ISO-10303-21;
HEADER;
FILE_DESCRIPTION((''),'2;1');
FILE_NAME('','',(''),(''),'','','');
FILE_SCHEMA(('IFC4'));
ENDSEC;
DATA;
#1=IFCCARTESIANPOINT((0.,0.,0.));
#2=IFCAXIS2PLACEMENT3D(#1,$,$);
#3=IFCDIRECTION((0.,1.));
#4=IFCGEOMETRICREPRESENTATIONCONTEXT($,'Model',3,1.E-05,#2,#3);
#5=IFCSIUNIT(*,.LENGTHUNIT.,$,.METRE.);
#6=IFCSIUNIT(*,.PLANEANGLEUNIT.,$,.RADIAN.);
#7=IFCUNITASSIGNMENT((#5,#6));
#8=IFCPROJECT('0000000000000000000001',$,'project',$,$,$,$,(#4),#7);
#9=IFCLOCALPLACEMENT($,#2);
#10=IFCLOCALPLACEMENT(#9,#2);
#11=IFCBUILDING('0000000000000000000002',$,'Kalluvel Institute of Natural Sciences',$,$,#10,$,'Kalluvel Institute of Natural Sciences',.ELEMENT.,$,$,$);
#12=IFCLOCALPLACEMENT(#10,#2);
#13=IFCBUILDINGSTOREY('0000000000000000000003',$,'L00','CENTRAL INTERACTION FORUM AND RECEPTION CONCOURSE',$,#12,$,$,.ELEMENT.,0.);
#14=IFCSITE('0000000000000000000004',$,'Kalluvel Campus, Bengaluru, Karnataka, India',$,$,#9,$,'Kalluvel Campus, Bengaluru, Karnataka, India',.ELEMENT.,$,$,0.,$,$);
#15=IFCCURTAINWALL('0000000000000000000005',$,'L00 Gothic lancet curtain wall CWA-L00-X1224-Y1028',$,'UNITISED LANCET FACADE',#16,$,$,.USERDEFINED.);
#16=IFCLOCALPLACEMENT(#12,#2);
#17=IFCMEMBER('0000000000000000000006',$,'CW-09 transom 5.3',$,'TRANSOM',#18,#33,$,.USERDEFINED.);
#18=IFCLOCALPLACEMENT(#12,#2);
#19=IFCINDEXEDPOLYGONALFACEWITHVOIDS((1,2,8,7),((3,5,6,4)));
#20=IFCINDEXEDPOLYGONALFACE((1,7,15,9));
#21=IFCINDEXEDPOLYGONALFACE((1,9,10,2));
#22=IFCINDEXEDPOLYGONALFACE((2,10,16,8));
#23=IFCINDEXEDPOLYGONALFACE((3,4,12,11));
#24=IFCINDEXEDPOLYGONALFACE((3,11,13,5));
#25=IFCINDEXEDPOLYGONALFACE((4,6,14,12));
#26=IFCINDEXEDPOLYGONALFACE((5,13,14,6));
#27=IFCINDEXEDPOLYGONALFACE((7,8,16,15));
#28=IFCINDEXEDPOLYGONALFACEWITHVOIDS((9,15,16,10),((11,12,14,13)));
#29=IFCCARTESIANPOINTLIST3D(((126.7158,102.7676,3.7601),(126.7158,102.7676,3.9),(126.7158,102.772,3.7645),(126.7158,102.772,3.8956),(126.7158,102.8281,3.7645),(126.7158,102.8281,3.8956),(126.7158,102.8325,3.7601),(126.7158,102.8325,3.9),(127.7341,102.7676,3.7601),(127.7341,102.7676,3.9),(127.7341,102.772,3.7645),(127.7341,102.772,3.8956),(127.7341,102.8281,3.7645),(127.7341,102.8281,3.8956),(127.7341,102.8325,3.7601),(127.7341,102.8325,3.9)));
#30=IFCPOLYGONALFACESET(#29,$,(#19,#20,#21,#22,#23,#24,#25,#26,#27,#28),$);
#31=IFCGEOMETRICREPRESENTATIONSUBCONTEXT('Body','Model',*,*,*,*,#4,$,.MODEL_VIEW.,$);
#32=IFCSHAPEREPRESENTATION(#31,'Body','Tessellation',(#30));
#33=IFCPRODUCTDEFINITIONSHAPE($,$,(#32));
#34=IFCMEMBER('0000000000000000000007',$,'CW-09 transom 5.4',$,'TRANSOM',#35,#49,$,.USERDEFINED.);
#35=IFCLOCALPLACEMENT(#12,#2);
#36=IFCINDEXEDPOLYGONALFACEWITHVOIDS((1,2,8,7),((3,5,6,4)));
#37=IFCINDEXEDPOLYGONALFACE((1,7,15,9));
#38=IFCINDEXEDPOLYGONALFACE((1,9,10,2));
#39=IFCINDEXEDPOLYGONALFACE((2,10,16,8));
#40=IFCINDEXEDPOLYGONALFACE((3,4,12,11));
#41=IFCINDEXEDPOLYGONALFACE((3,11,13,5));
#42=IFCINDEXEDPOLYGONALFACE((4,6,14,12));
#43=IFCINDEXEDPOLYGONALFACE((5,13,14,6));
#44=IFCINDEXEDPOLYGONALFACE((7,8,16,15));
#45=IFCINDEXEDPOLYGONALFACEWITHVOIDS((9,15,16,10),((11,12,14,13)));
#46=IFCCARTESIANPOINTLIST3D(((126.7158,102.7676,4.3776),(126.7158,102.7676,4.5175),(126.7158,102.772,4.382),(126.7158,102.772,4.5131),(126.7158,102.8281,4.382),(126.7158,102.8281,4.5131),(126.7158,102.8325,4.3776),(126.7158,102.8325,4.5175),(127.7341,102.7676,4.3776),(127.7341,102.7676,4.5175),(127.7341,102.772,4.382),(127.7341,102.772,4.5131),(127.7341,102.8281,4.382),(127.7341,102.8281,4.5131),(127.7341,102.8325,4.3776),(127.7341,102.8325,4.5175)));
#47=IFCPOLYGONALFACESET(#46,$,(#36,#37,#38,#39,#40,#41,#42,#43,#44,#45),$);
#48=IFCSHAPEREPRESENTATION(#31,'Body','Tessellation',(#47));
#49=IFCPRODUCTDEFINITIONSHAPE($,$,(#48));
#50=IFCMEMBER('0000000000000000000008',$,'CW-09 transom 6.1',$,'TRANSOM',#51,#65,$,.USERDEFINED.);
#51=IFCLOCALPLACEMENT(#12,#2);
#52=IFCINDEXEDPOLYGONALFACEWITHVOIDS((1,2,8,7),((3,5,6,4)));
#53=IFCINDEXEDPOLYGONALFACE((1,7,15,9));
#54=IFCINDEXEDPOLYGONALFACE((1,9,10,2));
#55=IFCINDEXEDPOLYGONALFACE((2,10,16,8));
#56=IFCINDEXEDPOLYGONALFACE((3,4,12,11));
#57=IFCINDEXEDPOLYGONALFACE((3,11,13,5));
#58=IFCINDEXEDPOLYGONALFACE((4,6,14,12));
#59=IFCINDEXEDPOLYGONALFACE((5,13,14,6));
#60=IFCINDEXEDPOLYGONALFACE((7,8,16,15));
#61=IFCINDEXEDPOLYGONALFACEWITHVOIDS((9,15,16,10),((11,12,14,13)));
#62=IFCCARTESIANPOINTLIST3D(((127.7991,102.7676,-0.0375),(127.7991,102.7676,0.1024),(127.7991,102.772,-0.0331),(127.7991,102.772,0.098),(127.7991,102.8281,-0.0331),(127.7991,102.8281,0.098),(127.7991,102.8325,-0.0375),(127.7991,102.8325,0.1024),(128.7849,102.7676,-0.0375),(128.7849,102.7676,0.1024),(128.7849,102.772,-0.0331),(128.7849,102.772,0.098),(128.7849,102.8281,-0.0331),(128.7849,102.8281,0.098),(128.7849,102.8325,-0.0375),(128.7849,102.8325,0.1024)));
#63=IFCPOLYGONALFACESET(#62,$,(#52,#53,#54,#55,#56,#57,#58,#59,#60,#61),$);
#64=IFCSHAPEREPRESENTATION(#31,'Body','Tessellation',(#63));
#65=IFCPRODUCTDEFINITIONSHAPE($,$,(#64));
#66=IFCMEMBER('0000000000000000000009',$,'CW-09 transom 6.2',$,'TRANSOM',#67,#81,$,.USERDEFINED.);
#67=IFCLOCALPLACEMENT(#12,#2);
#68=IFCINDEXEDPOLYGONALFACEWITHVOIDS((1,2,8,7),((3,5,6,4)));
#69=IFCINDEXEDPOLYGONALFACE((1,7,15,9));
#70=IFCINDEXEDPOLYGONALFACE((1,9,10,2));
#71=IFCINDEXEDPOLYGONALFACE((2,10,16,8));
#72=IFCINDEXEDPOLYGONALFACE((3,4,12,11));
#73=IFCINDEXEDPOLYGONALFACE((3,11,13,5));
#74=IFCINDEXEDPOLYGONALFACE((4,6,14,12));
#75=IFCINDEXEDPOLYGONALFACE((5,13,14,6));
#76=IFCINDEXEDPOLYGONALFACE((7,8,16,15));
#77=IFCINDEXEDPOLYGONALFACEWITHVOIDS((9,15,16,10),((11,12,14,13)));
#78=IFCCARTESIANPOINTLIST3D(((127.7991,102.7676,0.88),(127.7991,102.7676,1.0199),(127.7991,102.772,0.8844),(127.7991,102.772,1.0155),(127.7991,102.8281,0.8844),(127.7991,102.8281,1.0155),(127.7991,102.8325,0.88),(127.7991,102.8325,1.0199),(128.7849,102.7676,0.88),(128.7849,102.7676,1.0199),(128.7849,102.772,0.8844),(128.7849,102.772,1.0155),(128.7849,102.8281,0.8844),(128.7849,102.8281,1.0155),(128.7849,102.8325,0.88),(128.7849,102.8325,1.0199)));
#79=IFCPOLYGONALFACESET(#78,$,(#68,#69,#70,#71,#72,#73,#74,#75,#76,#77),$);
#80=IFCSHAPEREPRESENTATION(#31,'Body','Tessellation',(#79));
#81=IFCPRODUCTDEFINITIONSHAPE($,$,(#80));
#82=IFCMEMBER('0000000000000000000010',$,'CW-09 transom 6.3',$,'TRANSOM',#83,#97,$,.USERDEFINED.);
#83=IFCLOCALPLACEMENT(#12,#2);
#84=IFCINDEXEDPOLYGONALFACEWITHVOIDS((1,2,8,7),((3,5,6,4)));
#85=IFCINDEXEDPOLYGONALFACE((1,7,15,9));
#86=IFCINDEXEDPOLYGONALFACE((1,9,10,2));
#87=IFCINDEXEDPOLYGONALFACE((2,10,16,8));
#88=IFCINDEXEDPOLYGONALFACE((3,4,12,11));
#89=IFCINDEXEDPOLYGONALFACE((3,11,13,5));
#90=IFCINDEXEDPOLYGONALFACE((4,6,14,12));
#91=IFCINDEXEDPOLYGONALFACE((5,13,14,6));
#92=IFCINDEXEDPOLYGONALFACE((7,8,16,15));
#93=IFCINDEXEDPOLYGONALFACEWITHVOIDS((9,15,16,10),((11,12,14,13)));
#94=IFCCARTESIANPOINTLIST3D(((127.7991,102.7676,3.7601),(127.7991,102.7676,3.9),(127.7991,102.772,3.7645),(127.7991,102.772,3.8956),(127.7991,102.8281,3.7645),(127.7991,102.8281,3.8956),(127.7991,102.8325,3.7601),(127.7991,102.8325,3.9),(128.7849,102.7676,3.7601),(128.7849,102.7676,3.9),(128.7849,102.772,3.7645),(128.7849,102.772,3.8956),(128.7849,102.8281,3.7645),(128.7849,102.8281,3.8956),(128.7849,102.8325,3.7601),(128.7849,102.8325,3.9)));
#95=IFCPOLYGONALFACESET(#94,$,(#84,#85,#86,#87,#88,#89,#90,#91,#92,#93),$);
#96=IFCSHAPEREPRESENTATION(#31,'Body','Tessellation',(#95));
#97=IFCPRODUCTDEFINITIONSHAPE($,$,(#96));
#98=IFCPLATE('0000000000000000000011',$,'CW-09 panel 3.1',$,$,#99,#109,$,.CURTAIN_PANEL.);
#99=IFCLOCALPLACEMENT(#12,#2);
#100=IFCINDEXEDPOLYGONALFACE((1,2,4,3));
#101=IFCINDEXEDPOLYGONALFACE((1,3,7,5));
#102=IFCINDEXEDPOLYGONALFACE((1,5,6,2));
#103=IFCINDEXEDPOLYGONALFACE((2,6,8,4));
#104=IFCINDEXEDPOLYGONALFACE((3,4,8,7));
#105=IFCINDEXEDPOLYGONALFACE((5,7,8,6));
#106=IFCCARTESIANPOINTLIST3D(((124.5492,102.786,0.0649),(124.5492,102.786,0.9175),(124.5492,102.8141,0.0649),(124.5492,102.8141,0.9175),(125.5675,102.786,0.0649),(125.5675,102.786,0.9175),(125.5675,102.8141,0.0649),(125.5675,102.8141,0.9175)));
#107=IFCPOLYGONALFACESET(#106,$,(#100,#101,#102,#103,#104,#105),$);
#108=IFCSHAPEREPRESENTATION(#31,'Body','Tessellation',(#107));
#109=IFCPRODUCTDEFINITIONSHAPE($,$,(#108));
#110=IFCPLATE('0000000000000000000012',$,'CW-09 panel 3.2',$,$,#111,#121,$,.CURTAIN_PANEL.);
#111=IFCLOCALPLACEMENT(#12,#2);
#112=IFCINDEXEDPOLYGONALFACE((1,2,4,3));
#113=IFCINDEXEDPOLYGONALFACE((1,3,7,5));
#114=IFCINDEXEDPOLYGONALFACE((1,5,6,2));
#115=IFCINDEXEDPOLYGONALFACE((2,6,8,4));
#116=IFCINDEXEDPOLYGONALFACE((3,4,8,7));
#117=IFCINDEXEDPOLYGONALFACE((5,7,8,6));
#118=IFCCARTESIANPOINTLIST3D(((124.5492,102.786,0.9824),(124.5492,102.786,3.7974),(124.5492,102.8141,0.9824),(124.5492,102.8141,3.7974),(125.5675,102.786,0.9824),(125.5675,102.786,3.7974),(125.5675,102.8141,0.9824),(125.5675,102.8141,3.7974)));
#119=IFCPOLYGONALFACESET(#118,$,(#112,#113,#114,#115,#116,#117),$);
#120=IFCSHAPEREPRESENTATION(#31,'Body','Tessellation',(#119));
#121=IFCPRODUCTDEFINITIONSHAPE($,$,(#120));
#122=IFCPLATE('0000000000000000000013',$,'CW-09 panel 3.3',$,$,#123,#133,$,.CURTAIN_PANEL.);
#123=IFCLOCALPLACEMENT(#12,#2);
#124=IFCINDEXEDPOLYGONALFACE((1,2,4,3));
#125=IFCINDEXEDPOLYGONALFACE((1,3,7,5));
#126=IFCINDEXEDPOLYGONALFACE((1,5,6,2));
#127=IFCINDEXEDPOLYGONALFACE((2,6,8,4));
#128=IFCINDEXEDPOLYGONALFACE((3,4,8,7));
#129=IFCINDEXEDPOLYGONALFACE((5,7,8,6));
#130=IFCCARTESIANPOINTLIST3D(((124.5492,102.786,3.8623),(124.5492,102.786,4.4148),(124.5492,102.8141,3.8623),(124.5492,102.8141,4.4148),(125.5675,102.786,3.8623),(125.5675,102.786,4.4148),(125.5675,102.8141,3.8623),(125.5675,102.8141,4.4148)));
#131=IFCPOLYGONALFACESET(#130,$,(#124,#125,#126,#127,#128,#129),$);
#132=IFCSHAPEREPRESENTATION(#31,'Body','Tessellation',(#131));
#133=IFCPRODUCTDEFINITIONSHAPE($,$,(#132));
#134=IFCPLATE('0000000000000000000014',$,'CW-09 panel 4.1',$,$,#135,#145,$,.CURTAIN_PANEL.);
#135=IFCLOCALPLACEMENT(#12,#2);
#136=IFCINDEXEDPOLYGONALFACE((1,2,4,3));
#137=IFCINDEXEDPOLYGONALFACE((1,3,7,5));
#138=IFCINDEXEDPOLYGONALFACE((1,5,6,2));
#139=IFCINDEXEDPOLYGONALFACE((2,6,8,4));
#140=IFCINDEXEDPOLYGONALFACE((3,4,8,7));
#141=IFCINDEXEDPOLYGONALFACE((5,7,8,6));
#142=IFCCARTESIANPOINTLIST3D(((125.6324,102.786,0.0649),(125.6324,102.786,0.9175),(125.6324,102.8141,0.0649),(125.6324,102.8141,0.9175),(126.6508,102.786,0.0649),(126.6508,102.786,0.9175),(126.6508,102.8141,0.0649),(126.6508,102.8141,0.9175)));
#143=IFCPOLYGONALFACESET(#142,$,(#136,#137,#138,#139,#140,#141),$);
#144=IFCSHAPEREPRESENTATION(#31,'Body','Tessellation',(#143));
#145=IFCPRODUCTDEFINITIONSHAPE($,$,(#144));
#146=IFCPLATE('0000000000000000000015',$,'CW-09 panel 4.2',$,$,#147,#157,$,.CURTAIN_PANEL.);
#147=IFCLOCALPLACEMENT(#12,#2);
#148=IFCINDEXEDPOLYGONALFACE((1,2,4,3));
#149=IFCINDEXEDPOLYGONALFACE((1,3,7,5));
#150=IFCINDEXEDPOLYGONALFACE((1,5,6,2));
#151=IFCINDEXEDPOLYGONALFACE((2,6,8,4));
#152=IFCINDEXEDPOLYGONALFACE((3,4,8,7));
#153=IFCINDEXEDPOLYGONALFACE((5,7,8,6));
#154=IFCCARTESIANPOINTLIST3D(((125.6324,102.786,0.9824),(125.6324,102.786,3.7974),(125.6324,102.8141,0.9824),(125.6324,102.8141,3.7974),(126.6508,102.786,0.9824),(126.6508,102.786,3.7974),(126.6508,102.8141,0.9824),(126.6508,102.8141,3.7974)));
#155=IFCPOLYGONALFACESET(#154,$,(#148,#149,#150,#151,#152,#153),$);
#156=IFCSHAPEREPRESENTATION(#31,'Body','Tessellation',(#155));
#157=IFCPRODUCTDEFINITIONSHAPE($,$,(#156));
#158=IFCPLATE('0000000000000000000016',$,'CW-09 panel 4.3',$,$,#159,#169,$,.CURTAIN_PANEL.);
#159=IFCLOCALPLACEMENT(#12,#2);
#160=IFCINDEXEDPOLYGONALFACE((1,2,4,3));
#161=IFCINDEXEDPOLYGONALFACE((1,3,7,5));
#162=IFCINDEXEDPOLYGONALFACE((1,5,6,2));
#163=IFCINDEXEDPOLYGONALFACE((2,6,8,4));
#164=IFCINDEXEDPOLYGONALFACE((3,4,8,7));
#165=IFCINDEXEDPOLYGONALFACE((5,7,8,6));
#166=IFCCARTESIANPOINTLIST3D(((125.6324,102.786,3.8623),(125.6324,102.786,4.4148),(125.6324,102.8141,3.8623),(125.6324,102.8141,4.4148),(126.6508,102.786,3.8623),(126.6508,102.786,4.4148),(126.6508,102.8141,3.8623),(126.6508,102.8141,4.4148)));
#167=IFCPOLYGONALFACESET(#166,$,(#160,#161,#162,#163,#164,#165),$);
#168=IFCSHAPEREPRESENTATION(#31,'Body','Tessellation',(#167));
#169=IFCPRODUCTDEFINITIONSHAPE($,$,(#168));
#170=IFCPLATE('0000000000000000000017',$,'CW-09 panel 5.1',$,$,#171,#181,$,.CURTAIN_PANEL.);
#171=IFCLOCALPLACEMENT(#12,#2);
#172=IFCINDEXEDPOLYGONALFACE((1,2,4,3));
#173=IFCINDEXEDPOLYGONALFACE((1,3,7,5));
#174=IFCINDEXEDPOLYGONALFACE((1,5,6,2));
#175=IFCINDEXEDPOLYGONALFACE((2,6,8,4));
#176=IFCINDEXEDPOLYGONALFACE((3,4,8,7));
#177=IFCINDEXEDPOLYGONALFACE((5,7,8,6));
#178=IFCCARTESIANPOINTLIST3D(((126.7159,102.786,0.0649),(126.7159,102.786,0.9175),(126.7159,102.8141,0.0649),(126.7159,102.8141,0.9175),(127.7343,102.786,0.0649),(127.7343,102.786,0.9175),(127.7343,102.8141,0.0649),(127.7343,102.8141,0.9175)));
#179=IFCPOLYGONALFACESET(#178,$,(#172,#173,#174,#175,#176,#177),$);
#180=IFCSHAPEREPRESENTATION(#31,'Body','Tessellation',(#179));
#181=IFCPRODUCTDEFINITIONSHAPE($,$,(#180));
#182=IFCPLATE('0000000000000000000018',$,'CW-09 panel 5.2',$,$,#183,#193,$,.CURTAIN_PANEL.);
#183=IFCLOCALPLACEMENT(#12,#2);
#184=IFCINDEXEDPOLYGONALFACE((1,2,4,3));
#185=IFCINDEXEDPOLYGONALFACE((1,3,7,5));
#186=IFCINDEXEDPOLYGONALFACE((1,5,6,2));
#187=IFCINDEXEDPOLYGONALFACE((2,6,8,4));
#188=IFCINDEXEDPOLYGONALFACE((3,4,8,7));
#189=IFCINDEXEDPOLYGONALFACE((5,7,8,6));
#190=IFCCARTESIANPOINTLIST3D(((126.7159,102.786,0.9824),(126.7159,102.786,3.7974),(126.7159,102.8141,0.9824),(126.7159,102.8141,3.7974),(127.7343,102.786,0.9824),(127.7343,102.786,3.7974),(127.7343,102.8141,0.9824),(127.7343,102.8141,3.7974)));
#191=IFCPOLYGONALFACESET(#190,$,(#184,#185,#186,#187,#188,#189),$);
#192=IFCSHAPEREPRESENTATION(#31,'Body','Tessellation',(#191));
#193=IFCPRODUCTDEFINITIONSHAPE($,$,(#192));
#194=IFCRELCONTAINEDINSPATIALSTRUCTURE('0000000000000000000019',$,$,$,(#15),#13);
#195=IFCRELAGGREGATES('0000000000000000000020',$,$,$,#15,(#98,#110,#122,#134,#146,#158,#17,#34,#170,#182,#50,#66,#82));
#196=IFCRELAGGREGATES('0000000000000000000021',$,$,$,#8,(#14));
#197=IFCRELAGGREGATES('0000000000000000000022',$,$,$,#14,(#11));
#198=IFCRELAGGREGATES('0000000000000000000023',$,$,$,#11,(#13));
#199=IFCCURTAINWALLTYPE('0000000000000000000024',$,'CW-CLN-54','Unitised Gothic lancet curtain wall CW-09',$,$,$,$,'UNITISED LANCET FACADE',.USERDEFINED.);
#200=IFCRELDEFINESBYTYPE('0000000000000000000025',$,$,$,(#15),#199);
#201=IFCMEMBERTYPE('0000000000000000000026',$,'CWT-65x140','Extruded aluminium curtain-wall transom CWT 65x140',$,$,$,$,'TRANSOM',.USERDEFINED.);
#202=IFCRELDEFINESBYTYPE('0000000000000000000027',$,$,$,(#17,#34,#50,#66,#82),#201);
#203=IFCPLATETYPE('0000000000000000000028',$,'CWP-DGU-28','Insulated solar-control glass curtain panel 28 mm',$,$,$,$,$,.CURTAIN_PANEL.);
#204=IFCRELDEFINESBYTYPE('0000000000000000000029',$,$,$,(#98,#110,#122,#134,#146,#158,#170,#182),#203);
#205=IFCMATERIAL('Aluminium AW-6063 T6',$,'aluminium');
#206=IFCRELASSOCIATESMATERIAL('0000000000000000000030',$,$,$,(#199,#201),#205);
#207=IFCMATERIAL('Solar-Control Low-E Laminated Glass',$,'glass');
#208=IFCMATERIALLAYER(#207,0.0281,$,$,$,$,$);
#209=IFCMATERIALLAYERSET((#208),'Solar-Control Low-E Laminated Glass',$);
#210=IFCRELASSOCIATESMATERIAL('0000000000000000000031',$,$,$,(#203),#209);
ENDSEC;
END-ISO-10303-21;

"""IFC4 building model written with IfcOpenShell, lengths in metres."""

from ifc_helpers import new_model, si_unit, direction, frame, origin, origin_2d, place, context, subcontext, project, spatial, rectangle, hollow_rectangle, extrude, material, layer, layer_set, material_profile, profile_set, type_object, element, aggregate, save


model = new_model("IFC4")

# Units and contexts
model_context = context("Model", 3, precision=1e-05, world=origin(), true_north=direction((0.0, 1.0)))
body_context = subcontext(model_context, "Body", "Model", "MODEL_VIEW")
ifc_project = project(units=[si_unit("LENGTHUNIT", "METRE"), si_unit("PLANEANGLEUNIT", "RADIAN")], contexts=[model_context])

# Site, building, storey
site_placement = place(None, origin())
site = spatial("IfcSite", under=ifc_project, at=site_placement, Name="Kalluvel Campus, Bengaluru, Karnataka, India", LongName="Kalluvel Campus, Bengaluru, Karnataka, India", CompositionType="ELEMENT", RefElevation=0.0)
building_placement = place(site_placement, origin())
building = spatial("IfcBuilding", under=site, at=building_placement, Name="Kalluvel Institute of Natural Sciences", LongName="Kalluvel Institute of Natural Sciences", CompositionType="ELEMENT")
storey_placement = place(building_placement, origin())
storey = spatial("IfcBuildingStorey", under=building, at=storey_placement, Name="L00", Description="CENTRAL INTERACTION FORUM AND RECEPTION CONCOURSE", CompositionType="ELEMENT", Elevation=0.0)

# Curtain wall, members, plates
ifc_material_1 = material(Name="Aluminium AW-6063 T6", Category="aluminium")
curtain_wall_type = type_object("IfcCurtainWallType", Name="CW-CLN-54", Description="Unitised Gothic lancet curtain wall CW-09", ElementType="UNITISED LANCET FACADE", PredefinedType="USERDEFINED", material=ifc_material_1)
curtain_wall_placement = place(storey_placement, origin())
curtain_wall = element("IfcCurtainWall", 1, at=curtain_wall_placement, inside=storey, type_object=curtain_wall_type, Name="L00 Gothic lancet curtain wall CWA-L00-X1224-Y1028", ObjectType="UNITISED LANCET FACADE", PredefinedType="USERDEFINED")
ifc_material_profile_1 = material_profile(ifc_material_1, hollow_rectangle(XDim=0.0649, YDim=0.1399, WallThickness=0.0044, at=origin_2d()), Name="CWT 65x140")
ifc_profile_set_1 = profile_set([ifc_material_profile_1], Name="Aluminium AW-6063 T6")
member_type_1 = type_object("IfcMemberType", Name="CWT-65x140", Description="Extruded aluminium curtain-wall transom CWT 65x140", ElementType="TRANSOM", PredefinedType="USERDEFINED", material=ifc_profile_set_1)
member_1_placement = place(storey_placement, frame((126.7158, 102.8, 3.8301), z_axis=(1.0, 0.0, 0.0), x_axis=(0.0, 1.0, 0.0)))
member_1 = element("IfcMember", 2, at=member_1_placement, type_object=member_type_1, Name="CW-09 transom 5.3", ObjectType="TRANSOM", PredefinedType="USERDEFINED", context=body_context, shape_type="SweptSolid", body=[
    extrude(hollow_rectangle(XDim=0.0649, YDim=0.1399, WallThickness=0.0044, at=origin_2d()), origin(), (0.0, 0.0, 1.0), 1.0183),
])
member_2_placement = place(storey_placement, frame((126.7158, 102.8, 4.4475), z_axis=(1.0, 0.0, 0.0), x_axis=(0.0, 1.0, 0.0)))
member_2 = element("IfcMember", 3, at=member_2_placement, type_object=member_type_1, Name="CW-09 transom 5.4", ObjectType="TRANSOM", PredefinedType="USERDEFINED", context=body_context, shape_type="SweptSolid", body=[
    extrude(hollow_rectangle(XDim=0.0649, YDim=0.1399, WallThickness=0.0044, at=origin_2d()), origin(), (0.0, 0.0, 1.0), 1.0183),
])
member_3_placement = place(storey_placement, frame((127.7991, 102.8, 0.0325), z_axis=(1.0, 0.0, 0.0), x_axis=(0.0, 1.0, 0.0)))
member_3 = element("IfcMember", 4, at=member_3_placement, type_object=member_type_1, Name="CW-09 transom 6.1", ObjectType="TRANSOM", PredefinedType="USERDEFINED", context=body_context, shape_type="SweptSolid", body=[
    extrude(hollow_rectangle(XDim=0.0649, YDim=0.1399, WallThickness=0.0044, at=origin_2d()), origin(), (0.0, 0.0, 1.0), 0.9858),
])
member_4_placement = place(storey_placement, frame((127.7991, 102.8, 0.95), z_axis=(1.0, 0.0, 0.0), x_axis=(0.0, 1.0, 0.0)))
member_4 = element("IfcMember", 5, at=member_4_placement, type_object=member_type_1, Name="CW-09 transom 6.2", ObjectType="TRANSOM", PredefinedType="USERDEFINED", context=body_context, shape_type="SweptSolid", body=[
    extrude(hollow_rectangle(XDim=0.0649, YDim=0.1399, WallThickness=0.0044, at=origin_2d()), origin(), (0.0, 0.0, 1.0), 0.9858),
])
member_5_placement = place(storey_placement, frame((127.7991, 102.8, 3.8301), z_axis=(1.0, 0.0, 0.0), x_axis=(0.0, 1.0, 0.0)))
member_5 = element("IfcMember", 6, at=member_5_placement, type_object=member_type_1, Name="CW-09 transom 6.3", ObjectType="TRANSOM", PredefinedType="USERDEFINED", context=body_context, shape_type="SweptSolid", body=[
    extrude(hollow_rectangle(XDim=0.0649, YDim=0.1399, WallThickness=0.0044, at=origin_2d()), origin(), (0.0, 0.0, 1.0), 0.9858),
])
ifc_material_2 = material(Name="Solar-Control Low-E Laminated Glass", Category="glass")
ifc_layer = layer(ifc_material_2, 0.0281)
ifc_layer_set = layer_set([ifc_layer], Name="Solar-Control Low-E Laminated Glass")
plate_type = type_object("IfcPlateType", Name="CWP-DGU-28", Description="Insulated solar-control glass curtain panel 28 mm", PredefinedType="CURTAIN_PANEL", material=ifc_layer_set)
plate_1_placement = place(storey_placement, frame((125.0583, 102.8, 0.0649), z_axis=(0.0, 0.0, 1.0), x_axis=(1.0, 0.0, 0.0)))
plate_1 = element("IfcPlate", 7, at=plate_1_placement, type_object=plate_type, Name="CW-09 panel 3.1", PredefinedType="CURTAIN_PANEL", context=body_context, shape_type="SweptSolid", body=[
    extrude(rectangle(XDim=1.0183, YDim=0.0281, at=origin_2d()), origin(), (0.0, 0.0, 1.0), 0.8525),
])
plate_2_placement = place(storey_placement, frame((125.0583, 102.8, 0.9824), z_axis=(0.0, 0.0, 1.0), x_axis=(1.0, 0.0, 0.0)))
plate_2 = element("IfcPlate", 8, at=plate_2_placement, type_object=plate_type, Name="CW-09 panel 3.2", PredefinedType="CURTAIN_PANEL", context=body_context, shape_type="SweptSolid", body=[
    extrude(rectangle(XDim=1.0183, YDim=0.0281, at=origin_2d()), origin(), (0.0, 0.0, 1.0), 2.8149),
])
plate_3_placement = place(storey_placement, frame((125.0583, 102.8, 3.8623), z_axis=(0.0, 0.0, 1.0), x_axis=(1.0, 0.0, 0.0)))
plate_3 = element("IfcPlate", 9, at=plate_3_placement, type_object=plate_type, Name="CW-09 panel 3.3", PredefinedType="CURTAIN_PANEL", context=body_context, shape_type="SweptSolid", body=[
    extrude(rectangle(XDim=1.0183, YDim=0.0281, at=origin_2d()), origin(), (0.0, 0.0, 1.0), 0.5525),
])
plate_4_placement = place(storey_placement, frame((126.1416, 102.8, 0.0649), z_axis=(0.0, 0.0, 1.0), x_axis=(1.0, 0.0, 0.0)))
plate_4 = element("IfcPlate", 10, at=plate_4_placement, type_object=plate_type, Name="CW-09 panel 4.1", PredefinedType="CURTAIN_PANEL", context=body_context, shape_type="SweptSolid", body=[
    extrude(rectangle(XDim=1.0183, YDim=0.0281, at=origin_2d()), origin(), (0.0, 0.0, 1.0), 0.8525),
])
plate_5_placement = place(storey_placement, frame((126.1416, 102.8, 0.9824), z_axis=(0.0, 0.0, 1.0), x_axis=(1.0, 0.0, 0.0)))
plate_5 = element("IfcPlate", 11, at=plate_5_placement, type_object=plate_type, Name="CW-09 panel 4.2", PredefinedType="CURTAIN_PANEL", context=body_context, shape_type="SweptSolid", body=[
    extrude(rectangle(XDim=1.0183, YDim=0.0281, at=origin_2d()), origin(), (0.0, 0.0, 1.0), 2.8149),
])
plate_6_placement = place(storey_placement, frame((126.1416, 102.8, 3.8623), z_axis=(0.0, 0.0, 1.0), x_axis=(1.0, 0.0, 0.0)))
plate_6 = element("IfcPlate", 12, at=plate_6_placement, type_object=plate_type, Name="CW-09 panel 4.3", PredefinedType="CURTAIN_PANEL", context=body_context, shape_type="SweptSolid", body=[
    extrude(rectangle(XDim=1.0183, YDim=0.0281, at=origin_2d()), origin(), (0.0, 0.0, 1.0), 0.5525),
])
plate_7_placement = place(storey_placement, frame((127.2251, 102.8, 0.0649), z_axis=(0.0, 0.0, 1.0), x_axis=(1.0, 0.0, 0.0)))
plate_7 = element("IfcPlate", 13, at=plate_7_placement, type_object=plate_type, Name="CW-09 panel 5.1", PredefinedType="CURTAIN_PANEL", context=body_context, shape_type="SweptSolid", body=[
    extrude(rectangle(XDim=1.0183, YDim=0.0281, at=origin_2d()), origin(), (0.0, 0.0, 1.0), 0.8525),
])
plate_8_placement = place(storey_placement, frame((127.2251, 102.8, 0.9824), z_axis=(0.0, 0.0, 1.0), x_axis=(1.0, 0.0, 0.0)))
plate_8 = element("IfcPlate", 14, at=plate_8_placement, type_object=plate_type, Name="CW-09 panel 5.2", PredefinedType="CURTAIN_PANEL", context=body_context, shape_type="SweptSolid", body=[
    extrude(rectangle(XDim=1.0183, YDim=0.0281, at=origin_2d()), origin(), (0.0, 0.0, 1.0), 2.8149),
])
aggregate(curtain_wall, [plate_1, plate_2, plate_3, plate_4, plate_5, plate_6, member_1, member_2, plate_7, plate_8, member_3, member_4, member_5])

save(model, "model.ifc")
